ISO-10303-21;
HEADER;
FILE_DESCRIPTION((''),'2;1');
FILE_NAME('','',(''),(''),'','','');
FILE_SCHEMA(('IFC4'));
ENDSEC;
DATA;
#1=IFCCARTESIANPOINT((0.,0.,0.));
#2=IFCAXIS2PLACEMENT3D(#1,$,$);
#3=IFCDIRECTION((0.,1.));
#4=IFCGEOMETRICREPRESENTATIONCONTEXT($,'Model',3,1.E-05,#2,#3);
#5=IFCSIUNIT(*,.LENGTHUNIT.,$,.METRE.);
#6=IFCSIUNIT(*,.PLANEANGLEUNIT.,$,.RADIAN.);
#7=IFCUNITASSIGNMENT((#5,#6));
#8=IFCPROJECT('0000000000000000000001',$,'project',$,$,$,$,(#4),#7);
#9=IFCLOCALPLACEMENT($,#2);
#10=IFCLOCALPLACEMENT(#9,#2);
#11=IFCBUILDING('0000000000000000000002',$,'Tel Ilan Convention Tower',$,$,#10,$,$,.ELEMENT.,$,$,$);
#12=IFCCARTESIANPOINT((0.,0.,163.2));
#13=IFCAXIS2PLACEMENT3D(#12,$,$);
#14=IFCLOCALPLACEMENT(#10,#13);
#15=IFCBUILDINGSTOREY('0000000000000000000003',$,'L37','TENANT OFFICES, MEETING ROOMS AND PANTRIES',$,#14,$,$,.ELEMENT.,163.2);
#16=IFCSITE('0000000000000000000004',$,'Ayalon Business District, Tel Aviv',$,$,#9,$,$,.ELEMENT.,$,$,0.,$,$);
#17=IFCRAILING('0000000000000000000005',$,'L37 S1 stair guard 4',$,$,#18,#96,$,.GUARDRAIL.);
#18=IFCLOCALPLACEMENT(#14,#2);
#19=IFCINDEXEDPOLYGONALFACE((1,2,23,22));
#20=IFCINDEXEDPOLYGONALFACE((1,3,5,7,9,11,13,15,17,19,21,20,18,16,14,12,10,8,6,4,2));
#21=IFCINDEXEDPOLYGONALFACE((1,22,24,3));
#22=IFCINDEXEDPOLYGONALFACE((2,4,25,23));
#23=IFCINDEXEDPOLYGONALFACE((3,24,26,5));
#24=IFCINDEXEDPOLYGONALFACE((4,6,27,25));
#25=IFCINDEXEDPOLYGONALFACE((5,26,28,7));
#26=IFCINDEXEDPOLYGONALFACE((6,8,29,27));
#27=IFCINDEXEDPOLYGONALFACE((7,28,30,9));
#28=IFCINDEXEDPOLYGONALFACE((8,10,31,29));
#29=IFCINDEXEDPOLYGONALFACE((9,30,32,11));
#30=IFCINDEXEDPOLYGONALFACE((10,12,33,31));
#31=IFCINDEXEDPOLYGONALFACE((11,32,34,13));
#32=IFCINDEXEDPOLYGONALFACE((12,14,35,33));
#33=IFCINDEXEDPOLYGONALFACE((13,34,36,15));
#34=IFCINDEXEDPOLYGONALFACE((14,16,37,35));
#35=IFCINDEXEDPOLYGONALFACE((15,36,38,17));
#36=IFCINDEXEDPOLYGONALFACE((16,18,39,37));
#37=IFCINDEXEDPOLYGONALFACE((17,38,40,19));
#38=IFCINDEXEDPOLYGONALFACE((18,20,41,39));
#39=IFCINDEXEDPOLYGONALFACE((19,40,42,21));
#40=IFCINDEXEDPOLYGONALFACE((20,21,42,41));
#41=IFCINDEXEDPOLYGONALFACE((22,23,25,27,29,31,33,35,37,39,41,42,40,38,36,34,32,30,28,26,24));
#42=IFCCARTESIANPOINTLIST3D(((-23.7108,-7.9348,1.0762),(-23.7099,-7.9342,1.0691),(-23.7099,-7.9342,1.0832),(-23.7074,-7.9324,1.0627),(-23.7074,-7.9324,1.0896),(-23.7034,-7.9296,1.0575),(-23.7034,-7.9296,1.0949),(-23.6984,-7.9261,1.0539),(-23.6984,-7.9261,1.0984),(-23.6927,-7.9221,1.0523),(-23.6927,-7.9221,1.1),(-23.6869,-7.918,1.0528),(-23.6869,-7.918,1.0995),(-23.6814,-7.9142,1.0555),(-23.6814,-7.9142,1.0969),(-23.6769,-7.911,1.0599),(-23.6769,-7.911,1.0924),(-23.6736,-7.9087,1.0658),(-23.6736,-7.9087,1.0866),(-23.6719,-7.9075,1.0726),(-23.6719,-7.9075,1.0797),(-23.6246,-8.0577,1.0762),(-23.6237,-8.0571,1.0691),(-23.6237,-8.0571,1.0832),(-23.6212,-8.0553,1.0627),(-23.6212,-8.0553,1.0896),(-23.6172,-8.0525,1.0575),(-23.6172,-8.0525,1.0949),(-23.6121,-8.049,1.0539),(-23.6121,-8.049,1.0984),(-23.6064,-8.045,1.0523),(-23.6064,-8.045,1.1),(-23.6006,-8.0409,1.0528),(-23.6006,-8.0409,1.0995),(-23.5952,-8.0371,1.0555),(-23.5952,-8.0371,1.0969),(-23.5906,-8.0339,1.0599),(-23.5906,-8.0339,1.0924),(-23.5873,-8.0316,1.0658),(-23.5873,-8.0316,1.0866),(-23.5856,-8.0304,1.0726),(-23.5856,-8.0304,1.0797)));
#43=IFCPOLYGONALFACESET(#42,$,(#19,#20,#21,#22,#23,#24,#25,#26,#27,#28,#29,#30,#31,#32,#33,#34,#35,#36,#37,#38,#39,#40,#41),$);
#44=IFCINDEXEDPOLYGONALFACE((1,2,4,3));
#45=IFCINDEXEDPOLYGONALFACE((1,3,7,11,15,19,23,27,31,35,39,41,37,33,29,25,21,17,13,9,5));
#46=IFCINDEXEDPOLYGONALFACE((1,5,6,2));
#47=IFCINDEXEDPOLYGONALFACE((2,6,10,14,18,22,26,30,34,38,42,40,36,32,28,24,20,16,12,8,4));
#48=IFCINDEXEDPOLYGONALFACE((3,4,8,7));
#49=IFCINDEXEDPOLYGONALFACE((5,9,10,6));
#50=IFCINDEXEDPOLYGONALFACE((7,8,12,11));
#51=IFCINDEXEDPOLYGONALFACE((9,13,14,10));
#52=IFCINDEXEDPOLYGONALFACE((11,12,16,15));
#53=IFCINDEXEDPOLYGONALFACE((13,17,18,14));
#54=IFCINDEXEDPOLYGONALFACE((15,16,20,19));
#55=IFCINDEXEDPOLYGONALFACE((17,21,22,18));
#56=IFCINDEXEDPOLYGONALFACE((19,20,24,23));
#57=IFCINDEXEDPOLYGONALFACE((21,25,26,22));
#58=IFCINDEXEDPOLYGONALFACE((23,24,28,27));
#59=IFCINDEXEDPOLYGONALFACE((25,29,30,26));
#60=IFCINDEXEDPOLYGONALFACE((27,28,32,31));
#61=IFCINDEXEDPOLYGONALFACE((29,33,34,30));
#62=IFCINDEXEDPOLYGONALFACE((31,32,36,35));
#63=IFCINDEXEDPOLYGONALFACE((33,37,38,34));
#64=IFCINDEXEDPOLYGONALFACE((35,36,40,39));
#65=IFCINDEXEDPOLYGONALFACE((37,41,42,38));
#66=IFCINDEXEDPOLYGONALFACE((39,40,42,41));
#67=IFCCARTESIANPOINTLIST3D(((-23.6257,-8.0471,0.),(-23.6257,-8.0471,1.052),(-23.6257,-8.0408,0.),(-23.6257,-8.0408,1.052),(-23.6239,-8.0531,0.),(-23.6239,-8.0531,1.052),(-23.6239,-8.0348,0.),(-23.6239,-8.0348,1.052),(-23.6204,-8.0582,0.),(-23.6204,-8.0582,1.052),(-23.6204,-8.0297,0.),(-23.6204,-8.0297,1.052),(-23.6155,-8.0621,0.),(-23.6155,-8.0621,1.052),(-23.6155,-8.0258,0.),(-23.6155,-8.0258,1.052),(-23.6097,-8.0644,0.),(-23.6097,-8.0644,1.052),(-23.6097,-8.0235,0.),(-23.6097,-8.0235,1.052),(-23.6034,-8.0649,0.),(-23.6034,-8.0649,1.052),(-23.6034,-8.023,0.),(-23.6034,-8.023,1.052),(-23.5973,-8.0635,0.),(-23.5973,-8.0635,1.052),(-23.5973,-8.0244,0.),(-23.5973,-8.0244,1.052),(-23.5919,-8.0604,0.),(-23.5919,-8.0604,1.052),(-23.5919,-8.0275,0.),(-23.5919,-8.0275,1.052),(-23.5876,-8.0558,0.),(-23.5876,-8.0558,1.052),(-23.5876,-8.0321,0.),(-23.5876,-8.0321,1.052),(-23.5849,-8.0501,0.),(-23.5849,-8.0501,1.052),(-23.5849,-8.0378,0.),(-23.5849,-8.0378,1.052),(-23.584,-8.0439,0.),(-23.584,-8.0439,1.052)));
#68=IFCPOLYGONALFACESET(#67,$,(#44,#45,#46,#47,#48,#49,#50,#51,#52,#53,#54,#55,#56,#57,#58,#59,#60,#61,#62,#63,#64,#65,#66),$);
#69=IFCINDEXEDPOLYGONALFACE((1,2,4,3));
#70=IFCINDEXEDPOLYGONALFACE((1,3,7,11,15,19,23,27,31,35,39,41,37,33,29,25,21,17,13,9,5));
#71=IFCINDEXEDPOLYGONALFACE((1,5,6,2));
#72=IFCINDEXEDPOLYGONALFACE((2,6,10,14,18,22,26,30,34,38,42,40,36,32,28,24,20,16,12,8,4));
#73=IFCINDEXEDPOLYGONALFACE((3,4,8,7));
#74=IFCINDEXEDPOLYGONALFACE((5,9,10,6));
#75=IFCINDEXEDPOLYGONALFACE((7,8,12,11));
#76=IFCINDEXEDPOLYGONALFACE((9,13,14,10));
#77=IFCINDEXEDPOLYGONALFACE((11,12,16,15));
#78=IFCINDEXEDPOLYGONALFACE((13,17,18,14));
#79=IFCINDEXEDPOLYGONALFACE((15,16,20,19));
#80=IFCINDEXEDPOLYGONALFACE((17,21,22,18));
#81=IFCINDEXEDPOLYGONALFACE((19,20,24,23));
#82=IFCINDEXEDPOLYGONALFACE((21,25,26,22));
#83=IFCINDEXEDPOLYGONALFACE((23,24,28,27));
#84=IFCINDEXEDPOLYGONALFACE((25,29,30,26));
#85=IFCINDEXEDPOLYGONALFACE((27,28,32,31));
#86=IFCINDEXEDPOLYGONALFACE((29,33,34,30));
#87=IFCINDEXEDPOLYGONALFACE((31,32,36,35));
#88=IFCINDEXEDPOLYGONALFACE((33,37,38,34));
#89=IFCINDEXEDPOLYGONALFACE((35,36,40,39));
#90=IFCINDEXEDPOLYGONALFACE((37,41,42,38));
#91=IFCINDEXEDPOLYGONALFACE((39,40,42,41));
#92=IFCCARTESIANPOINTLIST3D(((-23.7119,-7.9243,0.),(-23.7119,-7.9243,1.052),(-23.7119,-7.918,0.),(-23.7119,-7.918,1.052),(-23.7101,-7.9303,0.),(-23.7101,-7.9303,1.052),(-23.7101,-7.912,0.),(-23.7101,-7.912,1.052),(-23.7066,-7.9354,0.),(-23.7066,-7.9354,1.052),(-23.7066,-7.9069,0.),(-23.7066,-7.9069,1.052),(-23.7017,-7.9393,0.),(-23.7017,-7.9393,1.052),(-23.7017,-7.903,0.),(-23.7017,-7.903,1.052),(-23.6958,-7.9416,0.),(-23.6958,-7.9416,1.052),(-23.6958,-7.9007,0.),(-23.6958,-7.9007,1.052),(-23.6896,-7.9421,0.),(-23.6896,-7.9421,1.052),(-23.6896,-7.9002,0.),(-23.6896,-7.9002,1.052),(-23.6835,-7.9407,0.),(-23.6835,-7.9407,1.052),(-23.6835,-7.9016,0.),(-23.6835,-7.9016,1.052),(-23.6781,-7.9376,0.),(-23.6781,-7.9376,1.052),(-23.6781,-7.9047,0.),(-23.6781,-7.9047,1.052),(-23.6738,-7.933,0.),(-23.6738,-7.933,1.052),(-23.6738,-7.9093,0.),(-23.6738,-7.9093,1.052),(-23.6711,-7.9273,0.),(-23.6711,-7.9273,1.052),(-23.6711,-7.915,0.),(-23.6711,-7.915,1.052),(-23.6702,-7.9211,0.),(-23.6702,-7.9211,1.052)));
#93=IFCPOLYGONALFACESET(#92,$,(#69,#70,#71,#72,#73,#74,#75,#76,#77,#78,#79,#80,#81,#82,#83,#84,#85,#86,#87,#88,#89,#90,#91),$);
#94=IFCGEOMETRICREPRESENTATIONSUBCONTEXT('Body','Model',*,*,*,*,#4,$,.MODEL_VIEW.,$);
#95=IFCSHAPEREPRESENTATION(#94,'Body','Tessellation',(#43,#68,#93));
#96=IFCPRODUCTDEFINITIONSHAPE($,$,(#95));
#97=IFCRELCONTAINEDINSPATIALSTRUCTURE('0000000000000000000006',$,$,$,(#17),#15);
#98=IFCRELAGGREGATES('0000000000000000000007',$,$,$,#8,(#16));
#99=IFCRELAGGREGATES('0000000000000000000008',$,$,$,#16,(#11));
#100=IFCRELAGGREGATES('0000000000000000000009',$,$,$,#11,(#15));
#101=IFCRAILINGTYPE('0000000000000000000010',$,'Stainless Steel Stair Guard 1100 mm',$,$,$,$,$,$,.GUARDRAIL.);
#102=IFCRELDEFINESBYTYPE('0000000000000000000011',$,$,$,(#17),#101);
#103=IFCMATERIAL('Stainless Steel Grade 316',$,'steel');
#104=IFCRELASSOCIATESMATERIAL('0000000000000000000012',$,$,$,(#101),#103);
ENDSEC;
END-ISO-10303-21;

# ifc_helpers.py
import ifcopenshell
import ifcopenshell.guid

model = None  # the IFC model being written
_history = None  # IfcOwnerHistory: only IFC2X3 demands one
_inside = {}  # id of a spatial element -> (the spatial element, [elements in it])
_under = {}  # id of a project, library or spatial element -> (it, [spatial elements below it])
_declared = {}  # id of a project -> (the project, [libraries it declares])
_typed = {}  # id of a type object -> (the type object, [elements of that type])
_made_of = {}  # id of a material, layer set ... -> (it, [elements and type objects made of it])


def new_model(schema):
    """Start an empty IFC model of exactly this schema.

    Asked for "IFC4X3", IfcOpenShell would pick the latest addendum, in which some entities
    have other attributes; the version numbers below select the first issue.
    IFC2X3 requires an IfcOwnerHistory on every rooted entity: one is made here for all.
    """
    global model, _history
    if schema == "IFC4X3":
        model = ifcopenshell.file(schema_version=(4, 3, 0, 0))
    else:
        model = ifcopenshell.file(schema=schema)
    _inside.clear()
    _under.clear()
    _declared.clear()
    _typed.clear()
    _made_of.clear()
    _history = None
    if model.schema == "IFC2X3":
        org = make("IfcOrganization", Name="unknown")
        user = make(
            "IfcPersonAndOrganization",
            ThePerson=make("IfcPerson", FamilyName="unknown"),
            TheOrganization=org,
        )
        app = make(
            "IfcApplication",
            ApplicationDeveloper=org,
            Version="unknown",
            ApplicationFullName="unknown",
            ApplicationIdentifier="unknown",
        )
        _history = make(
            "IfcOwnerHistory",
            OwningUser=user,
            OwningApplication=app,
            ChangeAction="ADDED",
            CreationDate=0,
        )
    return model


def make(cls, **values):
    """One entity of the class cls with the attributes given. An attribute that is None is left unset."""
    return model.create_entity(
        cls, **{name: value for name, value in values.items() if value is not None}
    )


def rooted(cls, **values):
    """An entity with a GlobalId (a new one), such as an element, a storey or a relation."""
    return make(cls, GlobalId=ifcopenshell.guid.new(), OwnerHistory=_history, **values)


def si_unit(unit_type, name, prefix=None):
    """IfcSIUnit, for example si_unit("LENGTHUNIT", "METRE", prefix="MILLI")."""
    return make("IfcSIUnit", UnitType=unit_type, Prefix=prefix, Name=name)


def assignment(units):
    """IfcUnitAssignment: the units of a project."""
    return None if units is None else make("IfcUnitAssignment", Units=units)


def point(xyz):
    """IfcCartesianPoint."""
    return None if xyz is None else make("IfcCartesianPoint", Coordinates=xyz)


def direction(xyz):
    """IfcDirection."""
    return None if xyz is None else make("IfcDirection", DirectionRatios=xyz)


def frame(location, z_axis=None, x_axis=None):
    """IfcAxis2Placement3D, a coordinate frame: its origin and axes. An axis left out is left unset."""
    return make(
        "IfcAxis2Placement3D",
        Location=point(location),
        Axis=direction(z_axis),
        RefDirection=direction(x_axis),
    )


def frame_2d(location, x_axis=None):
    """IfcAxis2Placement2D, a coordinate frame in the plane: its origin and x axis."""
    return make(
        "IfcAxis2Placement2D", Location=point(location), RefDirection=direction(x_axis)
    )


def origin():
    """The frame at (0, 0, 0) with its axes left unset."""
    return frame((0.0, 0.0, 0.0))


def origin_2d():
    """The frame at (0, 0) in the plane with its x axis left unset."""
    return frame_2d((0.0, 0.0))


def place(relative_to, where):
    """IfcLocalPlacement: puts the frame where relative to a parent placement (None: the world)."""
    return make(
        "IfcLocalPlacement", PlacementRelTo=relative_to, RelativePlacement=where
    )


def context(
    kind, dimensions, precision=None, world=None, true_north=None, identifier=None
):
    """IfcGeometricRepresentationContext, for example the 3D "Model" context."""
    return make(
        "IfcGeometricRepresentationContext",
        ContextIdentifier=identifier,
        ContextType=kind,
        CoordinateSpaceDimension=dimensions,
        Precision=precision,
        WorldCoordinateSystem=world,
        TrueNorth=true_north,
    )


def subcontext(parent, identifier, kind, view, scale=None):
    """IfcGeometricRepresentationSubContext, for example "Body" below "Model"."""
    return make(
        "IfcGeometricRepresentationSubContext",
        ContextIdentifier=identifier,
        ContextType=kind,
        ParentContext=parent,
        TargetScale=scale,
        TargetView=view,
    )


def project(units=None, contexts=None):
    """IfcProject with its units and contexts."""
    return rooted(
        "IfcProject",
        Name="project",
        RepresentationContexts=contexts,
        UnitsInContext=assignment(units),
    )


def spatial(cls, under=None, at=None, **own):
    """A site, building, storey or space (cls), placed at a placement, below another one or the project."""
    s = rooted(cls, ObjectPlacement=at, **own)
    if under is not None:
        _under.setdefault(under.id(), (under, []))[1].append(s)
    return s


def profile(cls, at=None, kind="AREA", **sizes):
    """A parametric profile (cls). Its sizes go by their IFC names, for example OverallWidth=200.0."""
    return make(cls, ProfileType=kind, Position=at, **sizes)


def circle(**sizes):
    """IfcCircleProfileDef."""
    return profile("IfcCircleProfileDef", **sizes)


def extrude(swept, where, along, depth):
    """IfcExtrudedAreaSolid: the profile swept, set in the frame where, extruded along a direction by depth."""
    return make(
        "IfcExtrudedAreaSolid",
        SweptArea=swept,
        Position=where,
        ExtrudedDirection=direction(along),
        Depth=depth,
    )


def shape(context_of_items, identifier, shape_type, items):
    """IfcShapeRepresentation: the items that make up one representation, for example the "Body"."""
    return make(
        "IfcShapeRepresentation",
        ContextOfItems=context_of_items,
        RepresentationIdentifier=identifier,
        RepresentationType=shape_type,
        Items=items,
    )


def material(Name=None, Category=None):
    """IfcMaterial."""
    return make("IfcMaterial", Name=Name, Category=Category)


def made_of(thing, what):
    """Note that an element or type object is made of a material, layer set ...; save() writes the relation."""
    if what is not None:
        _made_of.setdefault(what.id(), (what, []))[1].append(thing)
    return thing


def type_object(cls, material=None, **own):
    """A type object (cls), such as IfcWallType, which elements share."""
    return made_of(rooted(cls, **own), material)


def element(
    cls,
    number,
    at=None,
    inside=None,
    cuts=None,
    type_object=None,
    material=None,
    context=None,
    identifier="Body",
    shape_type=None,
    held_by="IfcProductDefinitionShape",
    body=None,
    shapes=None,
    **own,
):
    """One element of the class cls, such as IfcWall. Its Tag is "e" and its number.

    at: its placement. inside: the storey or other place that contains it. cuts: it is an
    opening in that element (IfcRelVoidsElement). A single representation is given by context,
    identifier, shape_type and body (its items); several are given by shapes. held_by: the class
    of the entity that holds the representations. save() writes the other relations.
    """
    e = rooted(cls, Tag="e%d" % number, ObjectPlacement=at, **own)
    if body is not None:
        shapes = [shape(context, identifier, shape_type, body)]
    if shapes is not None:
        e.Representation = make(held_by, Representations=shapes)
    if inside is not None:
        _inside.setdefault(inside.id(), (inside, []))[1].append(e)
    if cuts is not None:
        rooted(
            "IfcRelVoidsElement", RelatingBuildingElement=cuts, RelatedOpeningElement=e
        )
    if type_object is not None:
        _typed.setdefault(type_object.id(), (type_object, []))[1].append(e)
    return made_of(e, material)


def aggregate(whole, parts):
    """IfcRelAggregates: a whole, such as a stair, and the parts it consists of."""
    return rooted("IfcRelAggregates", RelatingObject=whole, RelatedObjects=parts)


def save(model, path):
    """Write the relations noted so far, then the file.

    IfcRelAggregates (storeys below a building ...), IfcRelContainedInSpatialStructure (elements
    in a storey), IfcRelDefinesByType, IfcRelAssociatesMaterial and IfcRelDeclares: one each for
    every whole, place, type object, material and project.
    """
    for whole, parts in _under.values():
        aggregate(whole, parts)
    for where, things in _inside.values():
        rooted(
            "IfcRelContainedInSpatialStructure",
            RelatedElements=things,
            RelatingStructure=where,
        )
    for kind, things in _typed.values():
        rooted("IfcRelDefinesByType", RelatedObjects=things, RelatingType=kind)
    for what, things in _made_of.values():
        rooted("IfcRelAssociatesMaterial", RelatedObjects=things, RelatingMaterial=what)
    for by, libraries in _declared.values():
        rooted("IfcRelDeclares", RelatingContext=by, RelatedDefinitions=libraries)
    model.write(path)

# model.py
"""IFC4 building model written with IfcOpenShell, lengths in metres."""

from ifc_helpers import new_model, si_unit, direction, frame, origin, origin_2d, place, context, subcontext, project, spatial, circle, extrude, material, type_object, element, save


model = new_model("IFC4")

# Units and contexts
model_context = context("Model", 3, precision=1e-05, world=origin(), true_north=direction((0.0, 1.0)))
body_context = subcontext(model_context, "Body", "Model", "MODEL_VIEW")
ifc_project = project(units=[si_unit("LENGTHUNIT", "METRE"), si_unit("PLANEANGLEUNIT", "RADIAN")], contexts=[model_context])

# Site, building, storey
site_placement = place(None, origin())
site = spatial("IfcSite", under=ifc_project, at=site_placement, Name="Ayalon Business District, Tel Aviv", CompositionType="ELEMENT", RefElevation=0.0)
building_placement = place(site_placement, origin())
building = spatial("IfcBuilding", under=site, at=building_placement, Name="Tel Ilan Convention Tower", CompositionType="ELEMENT")
storey_placement = place(building_placement, frame((0.0, 0.0, 163.2)))
storey = spatial("IfcBuildingStorey", under=building, at=storey_placement, Name="L37", Description="TENANT OFFICES, MEETING ROOMS AND PANTRIES", CompositionType="ELEMENT", Elevation=163.2)

# Railing
ifc_material_1 = material(Name="Stainless Steel Grade 316", Category="steel")
railing_type_1 = type_object("IfcRailingType", Name="Stainless Steel Stair Guard 1100 mm", PredefinedType="GUARDRAIL", material=ifc_material_1)
railing_1_placement = place(storey_placement, frame((-23.605, -8.0439, 0.0)))
element("IfcRailing", 1, at=railing_1_placement, inside=storey, type_object=railing_type_1, Name="L37 S1 stair guard 4", PredefinedType="GUARDRAIL", context=body_context, shape_type="SweptSolid", body=[
    extrude(circle(Radius=0.0239, at=origin_2d()), frame((0.0, 0.0, 1.0762), z_axis=(-0.574445, 0.818543, 0.0), x_axis=(-0.818543, -0.574445, 0.0)), (0.0, 0.0, 1.0), 0.1501),
    extrude(circle(Radius=0.021, at=origin_2d()), origin(), (0.0, 0.0, 1.0), 1.052),
    extrude(circle(Radius=0.021, at=origin_2d()), frame((-0.0862, 0.1228, 0.0)), (0.0, 0.0, 1.0), 1.052),
])

save(model, "model.ifc")
